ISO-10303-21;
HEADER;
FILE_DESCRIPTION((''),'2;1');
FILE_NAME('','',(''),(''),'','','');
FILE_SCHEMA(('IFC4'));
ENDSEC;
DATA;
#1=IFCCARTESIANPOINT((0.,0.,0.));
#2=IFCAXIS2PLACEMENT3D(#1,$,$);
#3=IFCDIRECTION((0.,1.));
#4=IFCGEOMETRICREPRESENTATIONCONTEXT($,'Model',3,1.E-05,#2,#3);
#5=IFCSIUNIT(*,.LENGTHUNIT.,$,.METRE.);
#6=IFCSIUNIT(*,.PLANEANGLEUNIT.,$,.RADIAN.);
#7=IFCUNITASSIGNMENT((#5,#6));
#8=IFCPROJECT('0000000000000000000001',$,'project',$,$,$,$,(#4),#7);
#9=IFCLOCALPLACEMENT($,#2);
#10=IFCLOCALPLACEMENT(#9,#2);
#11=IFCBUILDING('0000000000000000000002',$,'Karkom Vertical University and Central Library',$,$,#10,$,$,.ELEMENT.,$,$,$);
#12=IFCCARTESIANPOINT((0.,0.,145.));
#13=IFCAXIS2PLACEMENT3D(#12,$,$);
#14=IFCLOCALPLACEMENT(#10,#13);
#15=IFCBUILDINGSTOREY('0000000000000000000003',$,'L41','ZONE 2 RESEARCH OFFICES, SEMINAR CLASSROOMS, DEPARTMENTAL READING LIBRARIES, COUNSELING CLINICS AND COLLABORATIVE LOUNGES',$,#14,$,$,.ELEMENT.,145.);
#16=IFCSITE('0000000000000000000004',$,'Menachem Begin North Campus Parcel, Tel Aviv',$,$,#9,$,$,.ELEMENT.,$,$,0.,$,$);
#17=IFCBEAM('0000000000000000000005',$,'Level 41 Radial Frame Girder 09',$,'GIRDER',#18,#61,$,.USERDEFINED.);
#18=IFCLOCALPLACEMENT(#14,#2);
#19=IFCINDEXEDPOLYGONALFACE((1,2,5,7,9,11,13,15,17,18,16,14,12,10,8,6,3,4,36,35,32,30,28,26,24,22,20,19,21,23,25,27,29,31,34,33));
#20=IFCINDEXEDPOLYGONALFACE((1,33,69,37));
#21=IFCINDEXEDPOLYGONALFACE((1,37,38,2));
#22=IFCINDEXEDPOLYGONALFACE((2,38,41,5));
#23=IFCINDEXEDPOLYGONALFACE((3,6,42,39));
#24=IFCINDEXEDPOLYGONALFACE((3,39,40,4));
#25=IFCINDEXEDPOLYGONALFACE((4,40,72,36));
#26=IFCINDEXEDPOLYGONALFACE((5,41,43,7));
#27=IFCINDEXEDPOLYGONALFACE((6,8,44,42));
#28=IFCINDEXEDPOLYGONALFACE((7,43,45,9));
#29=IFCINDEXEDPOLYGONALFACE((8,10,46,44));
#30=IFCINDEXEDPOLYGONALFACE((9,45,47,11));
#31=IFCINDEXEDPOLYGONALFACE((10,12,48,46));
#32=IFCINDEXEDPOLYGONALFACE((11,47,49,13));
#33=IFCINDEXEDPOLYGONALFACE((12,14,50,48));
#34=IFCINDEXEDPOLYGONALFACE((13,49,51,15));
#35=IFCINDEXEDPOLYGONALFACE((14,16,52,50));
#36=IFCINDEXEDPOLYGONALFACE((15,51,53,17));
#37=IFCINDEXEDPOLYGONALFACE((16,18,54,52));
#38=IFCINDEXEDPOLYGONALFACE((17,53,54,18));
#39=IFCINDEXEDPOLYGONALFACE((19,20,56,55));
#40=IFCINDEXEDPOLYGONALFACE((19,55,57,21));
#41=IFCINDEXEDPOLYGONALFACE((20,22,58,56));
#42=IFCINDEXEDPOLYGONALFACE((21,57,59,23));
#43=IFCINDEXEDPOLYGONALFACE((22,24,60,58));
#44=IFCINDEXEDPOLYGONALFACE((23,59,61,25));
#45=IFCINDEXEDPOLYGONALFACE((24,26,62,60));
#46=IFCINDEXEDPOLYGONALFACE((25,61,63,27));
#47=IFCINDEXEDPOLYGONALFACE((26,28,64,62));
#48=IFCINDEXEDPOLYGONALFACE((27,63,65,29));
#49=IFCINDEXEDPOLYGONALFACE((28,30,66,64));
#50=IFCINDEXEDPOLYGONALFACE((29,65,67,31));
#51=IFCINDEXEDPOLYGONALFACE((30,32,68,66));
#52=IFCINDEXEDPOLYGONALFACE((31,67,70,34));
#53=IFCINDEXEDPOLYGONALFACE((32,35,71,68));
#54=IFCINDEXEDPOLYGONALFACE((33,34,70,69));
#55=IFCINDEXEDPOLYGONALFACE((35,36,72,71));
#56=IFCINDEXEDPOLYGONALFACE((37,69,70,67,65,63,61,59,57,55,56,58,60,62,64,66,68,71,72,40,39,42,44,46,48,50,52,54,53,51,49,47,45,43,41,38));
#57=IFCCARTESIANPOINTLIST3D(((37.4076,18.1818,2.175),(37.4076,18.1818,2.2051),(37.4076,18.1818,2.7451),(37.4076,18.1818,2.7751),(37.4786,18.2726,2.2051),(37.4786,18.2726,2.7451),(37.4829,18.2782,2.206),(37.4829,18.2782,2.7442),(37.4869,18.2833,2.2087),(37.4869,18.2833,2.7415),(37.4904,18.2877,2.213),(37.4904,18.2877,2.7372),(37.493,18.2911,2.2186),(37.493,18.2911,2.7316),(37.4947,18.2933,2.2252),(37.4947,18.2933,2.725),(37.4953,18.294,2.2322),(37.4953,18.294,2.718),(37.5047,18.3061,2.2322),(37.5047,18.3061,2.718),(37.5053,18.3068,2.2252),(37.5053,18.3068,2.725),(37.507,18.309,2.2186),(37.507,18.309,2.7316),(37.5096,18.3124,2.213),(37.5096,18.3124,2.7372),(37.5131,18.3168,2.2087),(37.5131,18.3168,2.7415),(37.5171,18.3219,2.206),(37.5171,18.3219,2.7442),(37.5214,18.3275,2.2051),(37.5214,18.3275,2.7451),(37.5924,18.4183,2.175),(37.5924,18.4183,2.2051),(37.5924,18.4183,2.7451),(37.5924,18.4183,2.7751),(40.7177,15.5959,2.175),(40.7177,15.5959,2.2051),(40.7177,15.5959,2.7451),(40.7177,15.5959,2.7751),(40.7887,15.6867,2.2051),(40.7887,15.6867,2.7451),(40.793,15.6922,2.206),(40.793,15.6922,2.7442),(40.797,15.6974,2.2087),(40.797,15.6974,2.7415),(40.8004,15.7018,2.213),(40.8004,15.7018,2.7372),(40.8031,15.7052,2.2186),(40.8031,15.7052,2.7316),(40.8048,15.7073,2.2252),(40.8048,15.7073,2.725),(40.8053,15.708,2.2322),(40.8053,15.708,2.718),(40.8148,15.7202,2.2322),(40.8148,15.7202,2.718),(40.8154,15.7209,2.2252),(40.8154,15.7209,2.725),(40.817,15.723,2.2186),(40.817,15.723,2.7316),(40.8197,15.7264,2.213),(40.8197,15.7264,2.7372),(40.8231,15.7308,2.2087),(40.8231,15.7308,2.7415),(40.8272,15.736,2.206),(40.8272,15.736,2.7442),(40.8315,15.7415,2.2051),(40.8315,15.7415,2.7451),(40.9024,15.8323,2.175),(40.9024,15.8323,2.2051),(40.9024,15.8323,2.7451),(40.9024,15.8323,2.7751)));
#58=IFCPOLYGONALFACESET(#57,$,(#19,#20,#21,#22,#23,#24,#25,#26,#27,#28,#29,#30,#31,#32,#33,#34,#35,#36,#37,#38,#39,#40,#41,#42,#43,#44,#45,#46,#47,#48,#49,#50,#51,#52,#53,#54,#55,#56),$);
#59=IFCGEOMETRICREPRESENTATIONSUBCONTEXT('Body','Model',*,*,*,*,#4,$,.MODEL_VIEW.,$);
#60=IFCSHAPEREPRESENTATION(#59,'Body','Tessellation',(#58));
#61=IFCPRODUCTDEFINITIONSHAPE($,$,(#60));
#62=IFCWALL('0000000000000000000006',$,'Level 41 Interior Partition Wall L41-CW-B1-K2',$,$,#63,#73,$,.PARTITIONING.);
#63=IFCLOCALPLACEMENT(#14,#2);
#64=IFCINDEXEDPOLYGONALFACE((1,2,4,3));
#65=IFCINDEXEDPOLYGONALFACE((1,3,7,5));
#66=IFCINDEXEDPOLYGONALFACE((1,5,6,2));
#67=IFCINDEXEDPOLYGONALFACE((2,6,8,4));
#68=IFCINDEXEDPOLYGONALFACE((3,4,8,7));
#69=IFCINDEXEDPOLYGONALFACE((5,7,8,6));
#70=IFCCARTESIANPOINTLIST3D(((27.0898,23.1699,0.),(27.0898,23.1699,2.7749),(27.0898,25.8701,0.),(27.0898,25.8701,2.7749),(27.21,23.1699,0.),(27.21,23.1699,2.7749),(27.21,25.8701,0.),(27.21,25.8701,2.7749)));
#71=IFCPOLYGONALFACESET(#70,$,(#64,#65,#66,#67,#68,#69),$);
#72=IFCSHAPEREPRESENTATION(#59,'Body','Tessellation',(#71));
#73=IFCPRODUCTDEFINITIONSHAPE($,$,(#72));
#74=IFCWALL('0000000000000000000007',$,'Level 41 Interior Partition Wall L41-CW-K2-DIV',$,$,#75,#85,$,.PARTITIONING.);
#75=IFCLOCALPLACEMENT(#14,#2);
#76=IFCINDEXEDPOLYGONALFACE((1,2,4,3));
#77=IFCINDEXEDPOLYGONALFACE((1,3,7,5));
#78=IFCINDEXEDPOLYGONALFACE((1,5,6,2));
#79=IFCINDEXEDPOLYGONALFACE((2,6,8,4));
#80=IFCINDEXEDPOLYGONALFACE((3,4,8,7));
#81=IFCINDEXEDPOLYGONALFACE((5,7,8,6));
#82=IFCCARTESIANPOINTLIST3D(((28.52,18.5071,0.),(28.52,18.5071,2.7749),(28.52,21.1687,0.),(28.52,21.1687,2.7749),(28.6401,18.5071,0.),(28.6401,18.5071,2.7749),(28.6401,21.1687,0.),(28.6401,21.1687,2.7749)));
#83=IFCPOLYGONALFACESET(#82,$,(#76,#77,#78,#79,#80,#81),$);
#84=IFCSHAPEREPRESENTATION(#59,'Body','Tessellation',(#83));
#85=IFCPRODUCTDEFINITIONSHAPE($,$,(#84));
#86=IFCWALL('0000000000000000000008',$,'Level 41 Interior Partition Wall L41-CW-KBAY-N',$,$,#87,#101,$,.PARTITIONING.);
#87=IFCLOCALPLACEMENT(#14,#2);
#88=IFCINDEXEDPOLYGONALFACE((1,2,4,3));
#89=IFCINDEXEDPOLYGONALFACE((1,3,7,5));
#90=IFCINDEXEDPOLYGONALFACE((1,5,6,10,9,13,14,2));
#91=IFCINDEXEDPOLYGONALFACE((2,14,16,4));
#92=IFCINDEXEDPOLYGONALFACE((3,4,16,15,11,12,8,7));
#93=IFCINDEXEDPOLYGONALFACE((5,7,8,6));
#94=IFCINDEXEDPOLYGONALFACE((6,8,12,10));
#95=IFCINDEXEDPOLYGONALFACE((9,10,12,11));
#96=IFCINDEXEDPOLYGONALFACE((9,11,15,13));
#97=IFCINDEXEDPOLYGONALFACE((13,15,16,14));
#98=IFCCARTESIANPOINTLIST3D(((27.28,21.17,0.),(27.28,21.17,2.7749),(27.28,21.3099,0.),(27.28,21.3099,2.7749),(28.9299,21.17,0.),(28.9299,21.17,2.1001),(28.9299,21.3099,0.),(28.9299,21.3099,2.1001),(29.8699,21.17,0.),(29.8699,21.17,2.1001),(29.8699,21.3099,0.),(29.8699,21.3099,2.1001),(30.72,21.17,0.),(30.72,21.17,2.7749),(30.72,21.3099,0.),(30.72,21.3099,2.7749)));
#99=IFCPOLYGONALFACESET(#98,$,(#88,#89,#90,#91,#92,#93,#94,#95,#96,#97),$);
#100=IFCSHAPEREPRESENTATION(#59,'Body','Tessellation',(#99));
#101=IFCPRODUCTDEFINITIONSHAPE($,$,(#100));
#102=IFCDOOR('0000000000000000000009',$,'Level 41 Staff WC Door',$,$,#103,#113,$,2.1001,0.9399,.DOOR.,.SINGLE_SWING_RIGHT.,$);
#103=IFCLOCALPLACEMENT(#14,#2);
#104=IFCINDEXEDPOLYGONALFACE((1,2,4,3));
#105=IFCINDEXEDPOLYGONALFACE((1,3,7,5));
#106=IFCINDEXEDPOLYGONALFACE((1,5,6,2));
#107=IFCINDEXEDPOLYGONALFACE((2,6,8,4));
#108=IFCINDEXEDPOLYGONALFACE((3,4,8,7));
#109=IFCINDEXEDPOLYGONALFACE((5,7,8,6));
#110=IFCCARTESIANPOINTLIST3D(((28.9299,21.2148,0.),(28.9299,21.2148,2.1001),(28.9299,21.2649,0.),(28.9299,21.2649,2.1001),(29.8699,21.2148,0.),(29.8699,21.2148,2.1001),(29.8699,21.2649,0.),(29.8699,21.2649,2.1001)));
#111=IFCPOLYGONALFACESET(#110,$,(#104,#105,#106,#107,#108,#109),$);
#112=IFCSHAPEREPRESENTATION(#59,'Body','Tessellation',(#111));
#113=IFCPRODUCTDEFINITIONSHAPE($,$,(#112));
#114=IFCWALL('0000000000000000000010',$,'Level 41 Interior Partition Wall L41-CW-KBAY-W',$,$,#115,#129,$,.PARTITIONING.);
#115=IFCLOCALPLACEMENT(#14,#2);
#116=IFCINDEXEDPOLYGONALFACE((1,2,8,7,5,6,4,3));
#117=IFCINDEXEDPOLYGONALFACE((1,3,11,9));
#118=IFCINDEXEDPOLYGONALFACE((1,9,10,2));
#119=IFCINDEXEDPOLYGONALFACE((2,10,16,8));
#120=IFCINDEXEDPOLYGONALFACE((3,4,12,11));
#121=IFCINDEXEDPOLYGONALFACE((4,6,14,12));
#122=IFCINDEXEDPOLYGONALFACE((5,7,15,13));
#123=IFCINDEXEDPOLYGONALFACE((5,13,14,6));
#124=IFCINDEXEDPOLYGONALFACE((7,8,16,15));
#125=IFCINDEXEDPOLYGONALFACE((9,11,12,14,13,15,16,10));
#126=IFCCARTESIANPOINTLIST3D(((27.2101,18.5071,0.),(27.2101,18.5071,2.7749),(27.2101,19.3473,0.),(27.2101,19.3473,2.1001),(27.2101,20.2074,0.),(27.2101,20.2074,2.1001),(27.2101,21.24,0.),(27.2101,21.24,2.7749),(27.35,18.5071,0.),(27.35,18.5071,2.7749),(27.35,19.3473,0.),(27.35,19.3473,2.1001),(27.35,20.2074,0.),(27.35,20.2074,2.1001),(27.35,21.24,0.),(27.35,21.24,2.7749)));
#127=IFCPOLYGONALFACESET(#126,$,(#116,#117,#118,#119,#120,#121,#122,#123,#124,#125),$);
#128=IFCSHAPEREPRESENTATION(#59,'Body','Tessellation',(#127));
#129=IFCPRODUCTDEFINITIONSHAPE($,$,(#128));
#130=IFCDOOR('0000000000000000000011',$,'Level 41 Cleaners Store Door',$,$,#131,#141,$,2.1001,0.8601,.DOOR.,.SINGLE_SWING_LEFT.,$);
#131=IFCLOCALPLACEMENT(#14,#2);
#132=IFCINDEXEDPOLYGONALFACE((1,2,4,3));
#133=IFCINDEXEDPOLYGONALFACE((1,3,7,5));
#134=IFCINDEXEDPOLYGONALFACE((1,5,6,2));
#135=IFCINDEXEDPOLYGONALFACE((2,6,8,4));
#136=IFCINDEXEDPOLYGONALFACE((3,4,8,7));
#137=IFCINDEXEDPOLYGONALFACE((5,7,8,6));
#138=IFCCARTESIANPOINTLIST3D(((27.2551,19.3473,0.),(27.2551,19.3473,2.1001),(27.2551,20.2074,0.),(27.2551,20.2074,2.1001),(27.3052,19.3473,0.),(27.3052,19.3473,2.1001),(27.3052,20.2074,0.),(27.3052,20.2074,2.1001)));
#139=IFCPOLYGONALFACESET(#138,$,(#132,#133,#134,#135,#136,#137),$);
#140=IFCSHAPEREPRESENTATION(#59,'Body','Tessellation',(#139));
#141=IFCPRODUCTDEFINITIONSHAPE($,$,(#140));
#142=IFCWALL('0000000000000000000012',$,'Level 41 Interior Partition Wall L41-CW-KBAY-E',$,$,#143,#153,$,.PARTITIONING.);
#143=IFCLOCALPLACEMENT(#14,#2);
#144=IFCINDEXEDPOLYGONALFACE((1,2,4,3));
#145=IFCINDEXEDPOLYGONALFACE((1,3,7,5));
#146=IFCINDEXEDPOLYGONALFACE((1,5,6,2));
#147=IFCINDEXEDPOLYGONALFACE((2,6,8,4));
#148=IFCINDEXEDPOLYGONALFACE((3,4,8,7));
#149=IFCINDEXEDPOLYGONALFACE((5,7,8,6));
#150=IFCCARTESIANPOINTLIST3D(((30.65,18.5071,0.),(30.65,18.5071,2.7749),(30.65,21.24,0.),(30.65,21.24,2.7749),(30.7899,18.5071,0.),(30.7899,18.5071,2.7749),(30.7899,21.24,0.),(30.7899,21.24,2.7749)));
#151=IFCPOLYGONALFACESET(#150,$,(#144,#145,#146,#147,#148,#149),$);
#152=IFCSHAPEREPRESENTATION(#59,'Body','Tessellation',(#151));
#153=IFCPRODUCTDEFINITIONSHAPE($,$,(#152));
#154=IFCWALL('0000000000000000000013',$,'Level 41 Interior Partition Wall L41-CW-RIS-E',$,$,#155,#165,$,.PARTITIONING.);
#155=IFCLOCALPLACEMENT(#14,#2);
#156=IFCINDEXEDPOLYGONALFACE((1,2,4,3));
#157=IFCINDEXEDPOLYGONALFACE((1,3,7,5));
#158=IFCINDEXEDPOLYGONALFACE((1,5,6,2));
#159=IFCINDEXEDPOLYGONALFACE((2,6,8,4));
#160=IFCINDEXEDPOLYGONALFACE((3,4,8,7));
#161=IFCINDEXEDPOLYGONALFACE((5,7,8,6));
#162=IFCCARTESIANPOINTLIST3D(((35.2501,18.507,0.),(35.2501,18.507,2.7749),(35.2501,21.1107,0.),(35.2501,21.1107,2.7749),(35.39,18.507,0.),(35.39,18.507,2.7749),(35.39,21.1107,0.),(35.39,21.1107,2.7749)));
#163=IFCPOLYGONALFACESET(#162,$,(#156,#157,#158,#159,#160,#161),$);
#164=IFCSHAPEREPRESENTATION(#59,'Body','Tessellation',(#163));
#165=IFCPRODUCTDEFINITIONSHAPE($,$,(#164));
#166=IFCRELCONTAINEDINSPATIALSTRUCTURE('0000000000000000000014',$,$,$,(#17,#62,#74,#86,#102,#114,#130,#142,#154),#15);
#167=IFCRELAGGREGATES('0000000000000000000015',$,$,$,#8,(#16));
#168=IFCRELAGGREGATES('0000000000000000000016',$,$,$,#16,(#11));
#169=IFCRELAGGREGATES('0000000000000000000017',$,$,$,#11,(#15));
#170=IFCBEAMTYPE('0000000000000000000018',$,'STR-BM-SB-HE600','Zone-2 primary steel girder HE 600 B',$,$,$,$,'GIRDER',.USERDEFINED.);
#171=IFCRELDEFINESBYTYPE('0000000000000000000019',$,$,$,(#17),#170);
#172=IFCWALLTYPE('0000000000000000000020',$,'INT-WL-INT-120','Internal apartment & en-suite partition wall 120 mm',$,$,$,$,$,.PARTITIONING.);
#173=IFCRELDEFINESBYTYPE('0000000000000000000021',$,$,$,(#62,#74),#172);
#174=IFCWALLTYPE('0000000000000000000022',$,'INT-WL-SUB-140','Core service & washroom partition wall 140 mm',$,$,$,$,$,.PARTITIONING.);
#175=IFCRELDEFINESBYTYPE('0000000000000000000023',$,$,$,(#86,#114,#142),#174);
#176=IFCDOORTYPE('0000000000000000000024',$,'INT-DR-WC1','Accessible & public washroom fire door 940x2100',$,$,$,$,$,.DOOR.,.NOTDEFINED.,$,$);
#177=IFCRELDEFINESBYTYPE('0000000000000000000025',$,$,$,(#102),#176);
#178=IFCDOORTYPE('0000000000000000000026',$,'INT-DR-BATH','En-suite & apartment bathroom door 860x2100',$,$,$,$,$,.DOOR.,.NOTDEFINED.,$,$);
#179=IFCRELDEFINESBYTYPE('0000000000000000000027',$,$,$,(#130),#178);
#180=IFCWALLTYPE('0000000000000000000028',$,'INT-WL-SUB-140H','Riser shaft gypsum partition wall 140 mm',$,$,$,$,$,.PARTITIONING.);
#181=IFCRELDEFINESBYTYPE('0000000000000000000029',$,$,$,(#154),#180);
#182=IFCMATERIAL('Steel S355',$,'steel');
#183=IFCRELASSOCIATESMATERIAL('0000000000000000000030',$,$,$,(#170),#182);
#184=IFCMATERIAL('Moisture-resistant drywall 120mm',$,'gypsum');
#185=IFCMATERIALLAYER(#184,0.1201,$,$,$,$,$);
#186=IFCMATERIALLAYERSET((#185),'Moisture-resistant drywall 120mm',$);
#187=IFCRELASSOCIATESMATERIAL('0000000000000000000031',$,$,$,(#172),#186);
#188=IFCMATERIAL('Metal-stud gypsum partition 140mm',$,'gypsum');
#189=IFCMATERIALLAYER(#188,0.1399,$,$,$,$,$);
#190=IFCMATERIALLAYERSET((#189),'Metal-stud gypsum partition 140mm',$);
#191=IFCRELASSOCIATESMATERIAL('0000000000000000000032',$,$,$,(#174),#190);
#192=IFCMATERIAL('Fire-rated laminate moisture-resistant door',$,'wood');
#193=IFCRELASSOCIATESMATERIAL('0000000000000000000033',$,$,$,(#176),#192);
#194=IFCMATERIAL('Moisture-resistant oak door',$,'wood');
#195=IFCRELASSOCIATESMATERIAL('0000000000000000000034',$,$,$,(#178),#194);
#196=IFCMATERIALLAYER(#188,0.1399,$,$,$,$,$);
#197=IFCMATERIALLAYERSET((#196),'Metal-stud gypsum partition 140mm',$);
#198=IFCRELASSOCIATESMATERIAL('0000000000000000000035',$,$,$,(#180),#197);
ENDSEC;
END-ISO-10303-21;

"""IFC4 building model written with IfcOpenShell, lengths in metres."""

from ifc_helpers import new_model, si_unit, direction, frame, frame_2d, origin, origin_with_axes, origin_2d, place, context, subcontext, project, spatial, rectangle, i_section, extrude, source, transform, mapped, material, layer, layer_set, material_profile, profile_set, type_object, element, fill, save


model = new_model("IFC4")

# Units and contexts
model_context = context("Model", 3, precision=1e-05, world=origin(), true_north=direction((0.0, 1.0)))
body_context = subcontext(model_context, "Body", "Model", "MODEL_VIEW")
ifc_project = project(units=[si_unit("LENGTHUNIT", "METRE"), si_unit("PLANEANGLEUNIT", "RADIAN")], contexts=[model_context])

# Site, building, storey
site_placement = place(None, origin())
site = spatial("IfcSite", under=ifc_project, at=site_placement, Name="Menachem Begin North Campus Parcel, Tel Aviv", CompositionType="ELEMENT", RefElevation=0.0)
building_placement = place(site_placement, origin())
building = spatial("IfcBuilding", under=site, at=building_placement, Name="Karkom Vertical University and Central Library", CompositionType="ELEMENT")
storey_placement = place(building_placement, frame((0.0, 0.0, 145.0)))
storey = spatial("IfcBuildingStorey", under=building, at=storey_placement, Name="L41", Description="ZONE 2 RESEARCH OFFICES, SEMINAR CLASSROOMS, DEPARTMENTAL READING LIBRARIES, COUNSELING CLINICS AND COLLABORATIVE LOUNGES", CompositionType="ELEMENT", Elevation=145.0)

# Beam
ifc_material_1 = material(Name="Steel S355", Category="steel")
ifc_material_profile_1 = material_profile(ifc_material_1, i_section(OverallWidth=0.3, OverallDepth=0.6001, WebThickness=0.0154, FlangeThickness=0.03, FilletRadius=0.0271, at=origin_2d()), Name="HE 600 B")
ifc_profile_set_1 = profile_set([ifc_material_profile_1], Name="Steel S355")
beam_type_1 = type_object("IfcBeamType", Name="STR-BM-SB-HE600", Description="Zone-2 primary steel girder HE 600 B", ElementType="GIRDER", PredefinedType="USERDEFINED", material=ifc_profile_set_1)
shared_shape_1 = source(origin_with_axes(), body_context, "Body", "SweptSolid", [
    extrude(i_section(OverallWidth=0.3, OverallDepth=0.6001, WebThickness=0.0154, FlangeThickness=0.03, FilletRadius=0.0271, at=origin_2d()), origin(), (0.0, 0.0, 1.0), 4.2004),
])
beam_1_placement = place(storey_placement, frame((37.5, 18.3, 2.4751), z_axis=(0.78803, -0.615637, 0.0), x_axis=(0.615637, 0.78803, 0.0)))
element("IfcBeam", 1, at=beam_1_placement, inside=storey, type_object=beam_type_1, Name="Level 41 Radial Frame Girder 09", ObjectType="GIRDER", PredefinedType="USERDEFINED", context=body_context, shape_type="MappedRepresentation", body=[
    mapped(shared_shape_1, transform((0.0, 0.0, 0.0), scale=1.0)),
])

# Walls
ifc_material_2 = material(Name="Moisture-resistant drywall 120mm", Category="gypsum")
ifc_layer_1 = layer(ifc_material_2, 0.1201)
ifc_layer_set_1 = layer_set([ifc_layer_1], Name="Moisture-resistant drywall 120mm")
wall_type_1 = type_object("IfcWallType", Name="INT-WL-INT-120", Description="Internal apartment & en-suite partition wall 120 mm", PredefinedType="PARTITIONING", material=ifc_layer_set_1)
wall_1_placement = place(storey_placement, frame((27.1499, 23.1699, 0.0), z_axis=(0.0, 0.0, 1.0), x_axis=(0.0, 1.0, 0.0)))
element("IfcWall", 2, at=wall_1_placement, inside=storey, type_object=wall_type_1, Name="Level 41 Interior Partition Wall L41-CW-B1-K2", PredefinedType="PARTITIONING", context=body_context, shape_type="SweptSolid", body=[
    extrude(rectangle(XDim=2.7002, YDim=0.1201, at=frame_2d((1.3501, 0.0))), origin(), (0.0, 0.0, 1.0), 2.7749),
])
wall_2_placement = place(storey_placement, frame((28.5801, 18.5071, 0.0), z_axis=(0.0, 0.0, 1.0), x_axis=(0.0, 1.0, 0.0)))
element("IfcWall", 3, at=wall_2_placement, inside=storey, type_object=wall_type_1, Name="Level 41 Interior Partition Wall L41-CW-K2-DIV", PredefinedType="PARTITIONING", context=body_context, shape_type="SweptSolid", body=[
    extrude(rectangle(XDim=2.6616, YDim=0.1201, at=frame_2d((1.3308, 0.0))), origin(), (0.0, 0.0, 1.0), 2.7749),
])

# Walls, openings, doors
ifc_material_3 = material(Name="Metal-stud gypsum partition 140mm", Category="gypsum")
ifc_layer_2 = layer(ifc_material_3, 0.1399)
ifc_layer_set_2 = layer_set([ifc_layer_2], Name="Metal-stud gypsum partition 140mm")
wall_type_2 = type_object("IfcWallType", Name="INT-WL-SUB-140", Description="Core service & washroom partition wall 140 mm", PredefinedType="PARTITIONING", material=ifc_layer_set_2)
wall_3_placement = place(storey_placement, frame((27.28, 21.24, 0.0), z_axis=(0.0, 0.0, 1.0), x_axis=(1.0, 0.0, 0.0)))
wall_3 = element("IfcWall", 4, at=wall_3_placement, inside=storey, type_object=wall_type_2, Name="Level 41 Interior Partition Wall L41-CW-KBAY-N", PredefinedType="PARTITIONING", context=body_context, shape_type="SweptSolid", body=[
    extrude(rectangle(XDim=3.4399, YDim=0.1399, at=frame_2d((1.72, 0.0))), origin(), (0.0, 0.0, 1.0), 2.7749),
])
opening_1_placement = place(wall_3_placement, frame((1.6499, 0.0, 0.0)))
opening_1 = element("IfcOpeningElement", 5, at=opening_1_placement, cuts=wall_3, PredefinedType="OPENING", context=body_context, shape_type="SweptSolid", body=[
    extrude(rectangle(XDim=0.9399, YDim=2.1001, at=frame_2d((0.47, 1.05))), frame((0.0, 0.0801, 0.0), z_axis=(0.0, -1.0, 0.0), x_axis=(1.0, 0.0, 0.0)), (0.0, 0.0, 1.0), 0.1599),
])
ifc_material_4 = material(Name="Fire-rated laminate moisture-resistant door", Category="wood")
door_type_1 = type_object("IfcDoorType", Name="INT-DR-WC1", Description="Accessible & public washroom fire door 940x2100", OperationType="NOTDEFINED", PredefinedType="DOOR", material=ifc_material_4)
shared_shape_2 = source(origin_with_axes(), body_context, "Body", "SweptSolid", [
    extrude(rectangle(XDim=0.9399, YDim=2.1001, at=frame_2d((0.47, 1.05))), frame((0.0, 0.0249, 0.0), z_axis=(0.0, -1.0, 0.0), x_axis=(1.0, 0.0, 0.0)), (0.0, 0.0, 1.0), 0.05),
])
door_1_placement = place(opening_1_placement, origin())
door_1 = element("IfcDoor", 6, at=door_1_placement, inside=storey, type_object=door_type_1, Name="Level 41 Staff WC Door", OperationType="SINGLE_SWING_RIGHT", OverallHeight=2.1001, OverallWidth=0.9399, PredefinedType="DOOR", context=body_context, shape_type="MappedRepresentation", body=[
    mapped(shared_shape_2, transform((0.0, 0.0, 0.0), scale=1.0)),
])
fill(opening_1, door_1)
wall_4_placement = place(storey_placement, frame((27.28, 18.5071, 0.0), z_axis=(0.0, 0.0, 1.0), x_axis=(0.0, 1.0, 0.0)))
wall_4 = element("IfcWall", 7, at=wall_4_placement, inside=storey, type_object=wall_type_2, Name="Level 41 Interior Partition Wall L41-CW-KBAY-W", PredefinedType="PARTITIONING", context=body_context, shape_type="SweptSolid", body=[
    extrude(rectangle(XDim=2.7329, YDim=0.1399, at=frame_2d((1.3665, 0.0))), origin(), (0.0, 0.0, 1.0), 2.7749),
])
opening_2_placement = place(wall_4_placement, frame((0.8401, 0.0, 0.0)))
opening_2 = element("IfcOpeningElement", 8, at=opening_2_placement, cuts=wall_4, PredefinedType="OPENING", context=body_context, shape_type="SweptSolid", body=[
    extrude(rectangle(XDim=0.8601, YDim=2.1001, at=frame_2d((0.4302, 1.05))), frame((0.0, 0.0801, 0.0), z_axis=(0.0, -1.0, 0.0), x_axis=(1.0, 0.0, 0.0)), (0.0, 0.0, 1.0), 0.1599),
])
ifc_material_5 = material(Name="Moisture-resistant oak door", Category="wood")
door_type_2 = type_object("IfcDoorType", Name="INT-DR-BATH", Description="En-suite & apartment bathroom door 860x2100", OperationType="NOTDEFINED", PredefinedType="DOOR", material=ifc_material_5)
shared_shape_3 = source(origin_with_axes(), body_context, "Body", "SweptSolid", [
    extrude(rectangle(XDim=0.8601, YDim=2.1001, at=frame_2d((0.4302, 1.05))), frame((0.0, 0.0249, 0.0), z_axis=(0.0, -1.0, 0.0), x_axis=(1.0, 0.0, 0.0)), (0.0, 0.0, 1.0), 0.05),
])
door_2_placement = place(opening_2_placement, origin())
door_2 = element("IfcDoor", 9, at=door_2_placement, inside=storey, type_object=door_type_2, Name="Level 41 Cleaners Store Door", OperationType="SINGLE_SWING_LEFT", OverallHeight=2.1001, OverallWidth=0.8601, PredefinedType="DOOR", context=body_context, shape_type="MappedRepresentation", body=[
    mapped(shared_shape_3, transform((0.0, 0.0, 0.0), scale=1.0)),
])
fill(opening_2, door_2)

# Walls
wall_5_placement = place(storey_placement, frame((30.72, 18.5071, 0.0), z_axis=(0.0, 0.0, 1.0), x_axis=(0.0, 1.0, 0.0)))
element("IfcWall", 10, at=wall_5_placement, inside=storey, type_object=wall_type_2, Name="Level 41 Interior Partition Wall L41-CW-KBAY-E", PredefinedType="PARTITIONING", context=body_context, shape_type="SweptSolid", body=[
    extrude(rectangle(XDim=2.7329, YDim=0.1399, at=frame_2d((1.3665, 0.0))), origin(), (0.0, 0.0, 1.0), 2.7749),
])
ifc_layer_3 = layer(ifc_material_3, 0.1399)
ifc_layer_set_3 = layer_set([ifc_layer_3], Name="Metal-stud gypsum partition 140mm")
wall_type_3 = type_object("IfcWallType", Name="INT-WL-SUB-140H", Description="Riser shaft gypsum partition wall 140 mm", PredefinedType="PARTITIONING", material=ifc_layer_set_3)
wall_6_placement = place(storey_placement, frame((35.3201, 18.5071, 0.0), z_axis=(0.0, 0.0, 1.0), x_axis=(0.0, 1.0, 0.0)))
element("IfcWall", 11, at=wall_6_placement, inside=storey, type_object=wall_type_3, Name="Level 41 Interior Partition Wall L41-CW-RIS-E", PredefinedType="PARTITIONING", context=body_context, shape_type="SweptSolid", body=[
    extrude(rectangle(XDim=2.6038, YDim=0.1399, at=frame_2d((1.3018, 0.0))), origin(), (0.0, 0.0, 1.0), 2.7749),
])

save(model, "model.ifc")
